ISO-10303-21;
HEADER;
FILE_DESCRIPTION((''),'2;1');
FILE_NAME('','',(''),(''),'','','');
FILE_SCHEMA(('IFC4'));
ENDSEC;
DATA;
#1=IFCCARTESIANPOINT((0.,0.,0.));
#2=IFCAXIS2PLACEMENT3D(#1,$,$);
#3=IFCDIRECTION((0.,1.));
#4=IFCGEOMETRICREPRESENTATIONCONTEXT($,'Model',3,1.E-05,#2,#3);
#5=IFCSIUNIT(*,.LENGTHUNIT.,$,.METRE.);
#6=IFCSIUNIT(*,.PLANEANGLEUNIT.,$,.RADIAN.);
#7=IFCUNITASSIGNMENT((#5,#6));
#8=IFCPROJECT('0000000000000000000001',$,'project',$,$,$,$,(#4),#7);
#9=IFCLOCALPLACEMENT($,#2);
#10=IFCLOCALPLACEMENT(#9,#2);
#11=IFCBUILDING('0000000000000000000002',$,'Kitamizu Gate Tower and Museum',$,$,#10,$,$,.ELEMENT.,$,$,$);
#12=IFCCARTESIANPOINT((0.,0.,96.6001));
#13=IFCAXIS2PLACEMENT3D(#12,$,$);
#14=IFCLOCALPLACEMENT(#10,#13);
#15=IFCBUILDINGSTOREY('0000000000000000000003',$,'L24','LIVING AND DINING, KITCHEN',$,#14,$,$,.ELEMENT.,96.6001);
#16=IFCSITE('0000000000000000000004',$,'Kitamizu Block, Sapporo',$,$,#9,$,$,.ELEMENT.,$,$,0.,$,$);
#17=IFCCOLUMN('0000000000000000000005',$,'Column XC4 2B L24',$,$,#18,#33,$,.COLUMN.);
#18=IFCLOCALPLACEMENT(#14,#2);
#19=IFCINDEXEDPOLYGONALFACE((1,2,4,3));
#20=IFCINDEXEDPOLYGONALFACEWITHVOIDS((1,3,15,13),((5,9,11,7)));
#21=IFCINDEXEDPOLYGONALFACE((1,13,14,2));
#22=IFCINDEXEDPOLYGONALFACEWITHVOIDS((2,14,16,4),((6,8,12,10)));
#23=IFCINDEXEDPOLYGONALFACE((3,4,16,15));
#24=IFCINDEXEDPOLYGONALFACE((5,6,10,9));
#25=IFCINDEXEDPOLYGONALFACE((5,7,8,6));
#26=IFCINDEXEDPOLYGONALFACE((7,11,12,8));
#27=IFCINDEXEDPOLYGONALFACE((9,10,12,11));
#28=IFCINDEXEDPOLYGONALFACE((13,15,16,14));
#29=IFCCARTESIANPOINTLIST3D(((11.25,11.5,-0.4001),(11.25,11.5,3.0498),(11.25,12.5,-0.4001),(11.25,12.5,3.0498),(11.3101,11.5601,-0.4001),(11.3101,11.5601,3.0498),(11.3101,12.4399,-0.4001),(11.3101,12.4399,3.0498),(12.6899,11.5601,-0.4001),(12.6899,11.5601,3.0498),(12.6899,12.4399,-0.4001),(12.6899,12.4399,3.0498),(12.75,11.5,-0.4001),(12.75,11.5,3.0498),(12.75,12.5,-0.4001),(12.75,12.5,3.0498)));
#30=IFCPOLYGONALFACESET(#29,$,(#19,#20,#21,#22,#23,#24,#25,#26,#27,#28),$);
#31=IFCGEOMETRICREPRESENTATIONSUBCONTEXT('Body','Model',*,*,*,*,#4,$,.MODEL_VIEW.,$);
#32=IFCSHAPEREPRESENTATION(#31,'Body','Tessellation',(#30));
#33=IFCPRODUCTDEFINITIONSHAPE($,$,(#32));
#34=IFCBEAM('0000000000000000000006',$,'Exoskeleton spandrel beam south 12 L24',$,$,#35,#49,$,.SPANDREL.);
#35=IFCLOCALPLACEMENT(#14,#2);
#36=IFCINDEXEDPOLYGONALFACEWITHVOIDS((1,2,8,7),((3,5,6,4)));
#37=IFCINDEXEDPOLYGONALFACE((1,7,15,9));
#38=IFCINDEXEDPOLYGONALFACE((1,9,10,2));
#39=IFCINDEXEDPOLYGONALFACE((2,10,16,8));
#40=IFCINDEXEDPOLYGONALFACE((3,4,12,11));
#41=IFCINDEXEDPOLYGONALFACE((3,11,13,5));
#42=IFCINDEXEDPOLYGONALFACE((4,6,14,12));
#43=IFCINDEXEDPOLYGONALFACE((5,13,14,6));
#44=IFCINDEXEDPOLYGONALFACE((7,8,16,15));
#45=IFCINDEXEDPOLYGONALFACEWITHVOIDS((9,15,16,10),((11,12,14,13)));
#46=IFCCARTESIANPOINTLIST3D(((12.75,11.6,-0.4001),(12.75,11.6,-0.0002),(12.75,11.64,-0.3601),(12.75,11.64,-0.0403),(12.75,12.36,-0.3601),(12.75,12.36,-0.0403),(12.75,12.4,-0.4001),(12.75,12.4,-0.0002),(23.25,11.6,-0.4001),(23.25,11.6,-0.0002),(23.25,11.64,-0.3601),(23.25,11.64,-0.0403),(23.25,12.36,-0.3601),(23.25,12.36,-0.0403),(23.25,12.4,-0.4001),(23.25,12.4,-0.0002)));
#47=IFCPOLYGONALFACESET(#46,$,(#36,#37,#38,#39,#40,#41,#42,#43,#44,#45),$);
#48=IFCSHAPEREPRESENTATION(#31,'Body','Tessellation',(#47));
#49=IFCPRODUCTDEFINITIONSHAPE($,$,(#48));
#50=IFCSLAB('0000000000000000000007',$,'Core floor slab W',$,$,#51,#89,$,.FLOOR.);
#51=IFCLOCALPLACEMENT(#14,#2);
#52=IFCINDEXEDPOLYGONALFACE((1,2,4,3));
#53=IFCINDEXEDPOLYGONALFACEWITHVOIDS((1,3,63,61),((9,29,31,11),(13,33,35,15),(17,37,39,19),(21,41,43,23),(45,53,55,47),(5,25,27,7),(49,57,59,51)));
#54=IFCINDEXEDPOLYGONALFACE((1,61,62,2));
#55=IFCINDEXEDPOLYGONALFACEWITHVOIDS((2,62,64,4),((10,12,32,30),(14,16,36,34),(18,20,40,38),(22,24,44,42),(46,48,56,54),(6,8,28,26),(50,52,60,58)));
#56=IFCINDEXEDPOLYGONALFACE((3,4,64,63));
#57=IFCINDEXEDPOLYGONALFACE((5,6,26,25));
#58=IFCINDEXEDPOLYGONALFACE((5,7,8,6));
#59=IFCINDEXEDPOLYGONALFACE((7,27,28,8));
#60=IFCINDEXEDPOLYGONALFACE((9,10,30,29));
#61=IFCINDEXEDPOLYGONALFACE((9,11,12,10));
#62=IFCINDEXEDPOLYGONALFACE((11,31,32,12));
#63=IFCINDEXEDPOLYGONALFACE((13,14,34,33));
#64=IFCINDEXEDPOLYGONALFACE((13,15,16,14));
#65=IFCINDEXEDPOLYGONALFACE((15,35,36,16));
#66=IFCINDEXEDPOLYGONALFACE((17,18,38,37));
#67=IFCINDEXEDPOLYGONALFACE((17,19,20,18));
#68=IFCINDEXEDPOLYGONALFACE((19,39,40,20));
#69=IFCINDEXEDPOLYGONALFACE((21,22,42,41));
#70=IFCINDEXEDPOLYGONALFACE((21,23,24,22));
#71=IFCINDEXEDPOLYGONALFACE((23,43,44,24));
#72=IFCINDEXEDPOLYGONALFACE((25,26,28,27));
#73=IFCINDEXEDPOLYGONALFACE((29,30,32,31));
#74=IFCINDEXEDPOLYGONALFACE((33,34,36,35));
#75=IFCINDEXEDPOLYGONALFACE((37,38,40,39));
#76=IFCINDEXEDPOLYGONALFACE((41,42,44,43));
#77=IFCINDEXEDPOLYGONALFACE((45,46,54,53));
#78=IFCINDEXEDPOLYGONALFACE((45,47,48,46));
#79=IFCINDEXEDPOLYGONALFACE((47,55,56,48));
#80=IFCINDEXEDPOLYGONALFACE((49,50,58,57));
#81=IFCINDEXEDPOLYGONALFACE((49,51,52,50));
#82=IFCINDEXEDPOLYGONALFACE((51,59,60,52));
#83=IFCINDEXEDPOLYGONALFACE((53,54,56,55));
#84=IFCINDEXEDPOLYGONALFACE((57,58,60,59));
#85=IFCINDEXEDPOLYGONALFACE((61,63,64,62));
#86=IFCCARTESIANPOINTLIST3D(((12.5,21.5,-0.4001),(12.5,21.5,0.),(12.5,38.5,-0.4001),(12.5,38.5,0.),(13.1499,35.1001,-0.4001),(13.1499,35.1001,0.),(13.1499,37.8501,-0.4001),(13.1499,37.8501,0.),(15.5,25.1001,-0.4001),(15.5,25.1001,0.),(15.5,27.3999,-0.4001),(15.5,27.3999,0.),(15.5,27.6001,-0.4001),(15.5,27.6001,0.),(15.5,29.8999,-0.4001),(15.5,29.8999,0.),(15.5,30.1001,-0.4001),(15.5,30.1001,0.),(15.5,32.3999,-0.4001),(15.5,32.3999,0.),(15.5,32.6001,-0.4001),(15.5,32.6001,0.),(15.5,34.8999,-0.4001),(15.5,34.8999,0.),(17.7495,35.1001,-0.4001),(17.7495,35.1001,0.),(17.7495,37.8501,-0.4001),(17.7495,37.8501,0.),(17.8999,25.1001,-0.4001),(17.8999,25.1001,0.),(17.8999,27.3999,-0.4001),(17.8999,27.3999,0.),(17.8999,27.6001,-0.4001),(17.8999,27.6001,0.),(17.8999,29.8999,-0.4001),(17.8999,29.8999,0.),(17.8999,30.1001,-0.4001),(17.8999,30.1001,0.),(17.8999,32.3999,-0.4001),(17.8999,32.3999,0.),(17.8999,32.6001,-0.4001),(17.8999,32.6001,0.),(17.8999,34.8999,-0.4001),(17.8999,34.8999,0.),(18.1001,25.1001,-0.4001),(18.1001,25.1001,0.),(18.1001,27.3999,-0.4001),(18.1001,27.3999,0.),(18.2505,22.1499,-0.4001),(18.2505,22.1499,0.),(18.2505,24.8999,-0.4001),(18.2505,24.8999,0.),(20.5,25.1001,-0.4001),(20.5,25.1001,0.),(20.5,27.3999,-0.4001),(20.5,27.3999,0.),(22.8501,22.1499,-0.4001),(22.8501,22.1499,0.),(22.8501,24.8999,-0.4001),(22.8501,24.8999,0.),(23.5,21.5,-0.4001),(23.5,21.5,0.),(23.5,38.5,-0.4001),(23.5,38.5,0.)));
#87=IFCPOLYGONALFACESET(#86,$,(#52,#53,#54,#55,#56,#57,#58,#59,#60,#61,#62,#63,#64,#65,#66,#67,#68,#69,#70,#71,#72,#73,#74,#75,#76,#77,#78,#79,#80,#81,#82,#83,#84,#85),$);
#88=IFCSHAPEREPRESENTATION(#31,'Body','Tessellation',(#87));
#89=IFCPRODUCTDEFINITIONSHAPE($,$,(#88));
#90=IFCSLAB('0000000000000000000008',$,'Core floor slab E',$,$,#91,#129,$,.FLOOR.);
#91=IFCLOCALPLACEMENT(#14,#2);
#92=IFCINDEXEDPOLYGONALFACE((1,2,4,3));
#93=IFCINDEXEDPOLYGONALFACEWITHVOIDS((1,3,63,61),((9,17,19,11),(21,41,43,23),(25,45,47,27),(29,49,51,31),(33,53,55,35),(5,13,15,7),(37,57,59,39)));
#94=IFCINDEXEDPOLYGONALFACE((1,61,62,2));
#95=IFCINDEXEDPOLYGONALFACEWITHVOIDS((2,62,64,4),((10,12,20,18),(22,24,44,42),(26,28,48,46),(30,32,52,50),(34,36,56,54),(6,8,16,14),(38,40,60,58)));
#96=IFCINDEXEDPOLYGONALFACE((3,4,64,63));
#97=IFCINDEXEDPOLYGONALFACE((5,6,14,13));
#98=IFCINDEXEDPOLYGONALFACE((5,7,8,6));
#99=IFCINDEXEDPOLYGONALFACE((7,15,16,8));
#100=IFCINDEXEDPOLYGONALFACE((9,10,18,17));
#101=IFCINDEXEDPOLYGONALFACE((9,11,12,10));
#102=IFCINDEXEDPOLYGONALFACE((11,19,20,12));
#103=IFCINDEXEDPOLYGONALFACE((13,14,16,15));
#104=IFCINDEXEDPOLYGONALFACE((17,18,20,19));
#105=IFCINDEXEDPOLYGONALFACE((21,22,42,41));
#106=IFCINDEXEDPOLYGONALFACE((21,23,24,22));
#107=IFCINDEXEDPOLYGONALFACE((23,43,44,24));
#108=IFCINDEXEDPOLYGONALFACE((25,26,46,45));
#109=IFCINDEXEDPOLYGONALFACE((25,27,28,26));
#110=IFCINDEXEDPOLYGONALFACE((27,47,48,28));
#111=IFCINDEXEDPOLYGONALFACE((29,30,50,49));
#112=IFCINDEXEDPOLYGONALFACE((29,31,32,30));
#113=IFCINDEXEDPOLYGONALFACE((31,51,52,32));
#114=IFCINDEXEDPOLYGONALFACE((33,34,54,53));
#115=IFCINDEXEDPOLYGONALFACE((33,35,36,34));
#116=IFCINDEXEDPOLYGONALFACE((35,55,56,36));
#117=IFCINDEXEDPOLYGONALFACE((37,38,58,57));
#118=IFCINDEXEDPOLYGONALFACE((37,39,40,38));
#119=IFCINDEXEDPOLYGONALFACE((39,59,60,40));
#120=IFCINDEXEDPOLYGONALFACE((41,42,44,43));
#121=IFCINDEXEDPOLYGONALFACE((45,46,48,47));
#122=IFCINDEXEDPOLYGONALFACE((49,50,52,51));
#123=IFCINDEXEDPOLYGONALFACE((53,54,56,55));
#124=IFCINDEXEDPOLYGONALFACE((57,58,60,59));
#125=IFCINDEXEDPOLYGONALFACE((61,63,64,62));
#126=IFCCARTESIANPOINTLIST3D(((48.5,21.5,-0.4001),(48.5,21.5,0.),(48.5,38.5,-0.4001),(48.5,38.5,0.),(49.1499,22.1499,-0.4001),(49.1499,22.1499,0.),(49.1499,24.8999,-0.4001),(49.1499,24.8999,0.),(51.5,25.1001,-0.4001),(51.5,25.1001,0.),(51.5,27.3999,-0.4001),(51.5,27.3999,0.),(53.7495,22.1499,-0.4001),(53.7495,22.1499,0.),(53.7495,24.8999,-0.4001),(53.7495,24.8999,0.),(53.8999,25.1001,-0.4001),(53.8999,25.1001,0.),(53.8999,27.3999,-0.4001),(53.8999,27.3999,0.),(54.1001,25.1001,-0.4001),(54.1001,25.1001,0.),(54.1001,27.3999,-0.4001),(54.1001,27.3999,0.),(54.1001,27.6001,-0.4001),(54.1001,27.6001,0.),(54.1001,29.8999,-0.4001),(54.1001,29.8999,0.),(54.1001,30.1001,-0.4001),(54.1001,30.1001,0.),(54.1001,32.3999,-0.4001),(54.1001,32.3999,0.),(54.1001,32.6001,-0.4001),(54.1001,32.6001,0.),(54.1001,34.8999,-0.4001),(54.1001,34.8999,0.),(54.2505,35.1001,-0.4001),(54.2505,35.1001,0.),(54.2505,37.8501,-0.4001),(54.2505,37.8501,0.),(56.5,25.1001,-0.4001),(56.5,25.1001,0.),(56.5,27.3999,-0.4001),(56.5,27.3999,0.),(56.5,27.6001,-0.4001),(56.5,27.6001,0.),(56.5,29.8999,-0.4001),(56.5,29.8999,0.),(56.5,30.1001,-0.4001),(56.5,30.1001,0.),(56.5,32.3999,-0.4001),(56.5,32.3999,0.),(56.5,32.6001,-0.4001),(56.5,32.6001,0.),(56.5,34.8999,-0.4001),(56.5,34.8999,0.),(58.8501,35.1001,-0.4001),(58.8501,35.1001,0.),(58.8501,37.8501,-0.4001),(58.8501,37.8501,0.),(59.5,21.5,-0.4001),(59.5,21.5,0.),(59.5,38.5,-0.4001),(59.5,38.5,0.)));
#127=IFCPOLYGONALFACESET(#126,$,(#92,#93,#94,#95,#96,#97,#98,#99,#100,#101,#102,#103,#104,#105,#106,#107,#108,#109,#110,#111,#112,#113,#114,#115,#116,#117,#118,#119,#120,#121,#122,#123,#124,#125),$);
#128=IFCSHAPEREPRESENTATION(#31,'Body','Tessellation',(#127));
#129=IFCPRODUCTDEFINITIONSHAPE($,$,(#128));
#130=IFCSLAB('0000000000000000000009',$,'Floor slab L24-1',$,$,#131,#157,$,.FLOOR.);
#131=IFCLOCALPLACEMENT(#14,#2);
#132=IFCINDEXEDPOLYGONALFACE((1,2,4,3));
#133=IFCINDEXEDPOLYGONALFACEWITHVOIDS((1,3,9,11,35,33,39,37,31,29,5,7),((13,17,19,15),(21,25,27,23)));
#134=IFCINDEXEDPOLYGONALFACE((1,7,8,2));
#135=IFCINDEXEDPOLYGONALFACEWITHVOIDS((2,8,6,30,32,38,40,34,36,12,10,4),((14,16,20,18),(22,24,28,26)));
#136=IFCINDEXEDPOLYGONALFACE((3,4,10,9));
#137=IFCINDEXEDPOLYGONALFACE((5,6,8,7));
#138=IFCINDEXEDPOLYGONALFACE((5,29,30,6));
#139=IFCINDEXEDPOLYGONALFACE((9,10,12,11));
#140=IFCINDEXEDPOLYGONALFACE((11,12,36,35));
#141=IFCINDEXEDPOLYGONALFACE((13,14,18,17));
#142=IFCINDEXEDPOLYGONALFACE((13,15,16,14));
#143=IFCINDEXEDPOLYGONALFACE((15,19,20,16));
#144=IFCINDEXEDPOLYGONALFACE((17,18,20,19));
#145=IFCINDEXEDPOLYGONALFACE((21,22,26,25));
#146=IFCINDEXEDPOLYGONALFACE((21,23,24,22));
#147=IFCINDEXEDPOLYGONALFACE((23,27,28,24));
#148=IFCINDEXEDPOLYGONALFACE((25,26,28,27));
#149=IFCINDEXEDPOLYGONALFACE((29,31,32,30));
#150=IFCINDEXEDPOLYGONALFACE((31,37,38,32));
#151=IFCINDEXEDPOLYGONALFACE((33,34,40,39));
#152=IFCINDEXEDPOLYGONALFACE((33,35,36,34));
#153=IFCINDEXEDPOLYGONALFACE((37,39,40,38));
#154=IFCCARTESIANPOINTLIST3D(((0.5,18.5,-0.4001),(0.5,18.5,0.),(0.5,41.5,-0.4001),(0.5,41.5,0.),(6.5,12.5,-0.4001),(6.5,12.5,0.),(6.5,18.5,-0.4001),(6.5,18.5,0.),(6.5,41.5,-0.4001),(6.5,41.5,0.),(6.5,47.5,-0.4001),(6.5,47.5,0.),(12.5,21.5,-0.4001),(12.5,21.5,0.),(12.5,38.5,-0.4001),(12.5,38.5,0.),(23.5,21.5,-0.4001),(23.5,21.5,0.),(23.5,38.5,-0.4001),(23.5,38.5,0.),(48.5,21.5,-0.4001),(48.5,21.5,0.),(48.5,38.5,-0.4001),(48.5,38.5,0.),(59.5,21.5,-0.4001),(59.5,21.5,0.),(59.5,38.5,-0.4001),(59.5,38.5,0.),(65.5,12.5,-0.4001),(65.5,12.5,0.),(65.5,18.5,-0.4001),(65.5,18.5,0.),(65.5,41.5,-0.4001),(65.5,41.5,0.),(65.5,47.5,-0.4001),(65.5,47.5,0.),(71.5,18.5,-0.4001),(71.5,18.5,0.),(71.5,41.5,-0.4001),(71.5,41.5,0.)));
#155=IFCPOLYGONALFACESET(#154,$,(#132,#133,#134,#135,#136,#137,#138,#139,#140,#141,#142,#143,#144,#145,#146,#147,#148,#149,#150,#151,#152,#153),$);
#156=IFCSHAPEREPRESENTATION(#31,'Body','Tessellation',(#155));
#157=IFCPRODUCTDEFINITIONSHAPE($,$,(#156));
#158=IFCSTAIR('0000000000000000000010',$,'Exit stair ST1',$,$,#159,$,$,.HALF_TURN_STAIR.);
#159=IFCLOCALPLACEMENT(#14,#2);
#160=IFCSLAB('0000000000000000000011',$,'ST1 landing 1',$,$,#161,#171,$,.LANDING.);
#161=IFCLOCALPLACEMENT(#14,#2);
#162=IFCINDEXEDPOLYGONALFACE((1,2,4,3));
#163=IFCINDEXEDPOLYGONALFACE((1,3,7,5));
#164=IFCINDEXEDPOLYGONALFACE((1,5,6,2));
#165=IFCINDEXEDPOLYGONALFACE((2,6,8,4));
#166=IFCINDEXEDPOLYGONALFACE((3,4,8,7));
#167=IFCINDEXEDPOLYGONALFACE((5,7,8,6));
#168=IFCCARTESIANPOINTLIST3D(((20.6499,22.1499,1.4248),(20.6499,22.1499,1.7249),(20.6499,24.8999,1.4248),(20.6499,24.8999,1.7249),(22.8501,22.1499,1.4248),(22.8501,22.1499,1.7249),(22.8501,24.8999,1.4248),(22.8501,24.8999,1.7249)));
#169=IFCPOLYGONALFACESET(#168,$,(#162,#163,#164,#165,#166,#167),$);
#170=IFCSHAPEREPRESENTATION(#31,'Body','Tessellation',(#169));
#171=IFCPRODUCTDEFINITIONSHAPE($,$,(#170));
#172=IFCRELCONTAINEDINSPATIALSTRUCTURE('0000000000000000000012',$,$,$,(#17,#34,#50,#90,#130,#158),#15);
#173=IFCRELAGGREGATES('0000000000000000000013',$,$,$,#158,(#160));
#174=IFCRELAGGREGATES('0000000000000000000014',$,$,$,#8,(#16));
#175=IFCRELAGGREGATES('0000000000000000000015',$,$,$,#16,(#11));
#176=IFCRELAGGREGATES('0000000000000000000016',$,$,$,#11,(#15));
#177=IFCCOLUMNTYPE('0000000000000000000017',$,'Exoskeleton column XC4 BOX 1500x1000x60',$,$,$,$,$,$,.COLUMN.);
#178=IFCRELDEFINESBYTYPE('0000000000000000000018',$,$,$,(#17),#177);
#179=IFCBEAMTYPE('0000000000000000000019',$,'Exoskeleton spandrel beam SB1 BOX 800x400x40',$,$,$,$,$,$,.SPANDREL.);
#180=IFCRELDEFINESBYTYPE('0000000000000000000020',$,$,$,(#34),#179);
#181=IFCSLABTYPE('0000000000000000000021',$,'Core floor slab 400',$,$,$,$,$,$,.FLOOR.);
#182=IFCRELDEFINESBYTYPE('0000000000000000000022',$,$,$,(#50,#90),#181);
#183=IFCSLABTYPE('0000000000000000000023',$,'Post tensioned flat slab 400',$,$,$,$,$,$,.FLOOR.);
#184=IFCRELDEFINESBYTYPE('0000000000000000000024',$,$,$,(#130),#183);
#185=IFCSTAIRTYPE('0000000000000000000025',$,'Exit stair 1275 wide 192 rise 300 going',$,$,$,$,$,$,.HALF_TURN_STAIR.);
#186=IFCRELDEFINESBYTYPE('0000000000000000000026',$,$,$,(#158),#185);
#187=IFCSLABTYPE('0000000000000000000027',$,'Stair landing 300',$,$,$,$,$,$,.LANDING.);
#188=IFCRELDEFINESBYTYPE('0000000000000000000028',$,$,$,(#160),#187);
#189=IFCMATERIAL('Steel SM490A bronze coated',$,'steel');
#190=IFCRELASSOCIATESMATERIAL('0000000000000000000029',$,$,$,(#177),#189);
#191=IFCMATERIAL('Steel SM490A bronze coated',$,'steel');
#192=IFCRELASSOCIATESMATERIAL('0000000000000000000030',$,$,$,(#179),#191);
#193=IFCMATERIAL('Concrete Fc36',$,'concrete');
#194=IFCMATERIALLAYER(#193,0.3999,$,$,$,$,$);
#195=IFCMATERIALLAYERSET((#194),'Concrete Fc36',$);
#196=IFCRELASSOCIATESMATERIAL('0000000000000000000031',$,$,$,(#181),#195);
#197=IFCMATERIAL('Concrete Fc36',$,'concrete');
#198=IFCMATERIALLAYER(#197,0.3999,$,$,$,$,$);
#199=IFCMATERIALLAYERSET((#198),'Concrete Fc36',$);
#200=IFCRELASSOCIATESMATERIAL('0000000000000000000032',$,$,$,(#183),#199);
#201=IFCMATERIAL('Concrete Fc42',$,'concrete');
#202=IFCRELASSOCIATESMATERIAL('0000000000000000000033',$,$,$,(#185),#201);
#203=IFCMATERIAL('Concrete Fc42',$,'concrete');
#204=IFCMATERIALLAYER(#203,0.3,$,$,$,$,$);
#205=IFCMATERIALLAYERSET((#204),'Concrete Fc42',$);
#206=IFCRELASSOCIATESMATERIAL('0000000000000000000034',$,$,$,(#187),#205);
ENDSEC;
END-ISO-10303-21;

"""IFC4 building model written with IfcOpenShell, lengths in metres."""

from ifc_helpers import new_model, si_unit, direction, frame, origin, origin_2d, place, context, subcontext, project, spatial, polyline, hollow_rectangle, outline, extrude, material, layer, layer_set, material_profile, profile_set, type_object, element, aggregate, save


model = new_model("IFC4")

# Units and contexts
model_context = context("Model", 3, precision=1e-05, world=origin(), true_north=direction((0.0, 1.0)))
body_context = subcontext(model_context, "Body", "Model", "MODEL_VIEW")
ifc_project = project(units=[si_unit("LENGTHUNIT", "METRE"), si_unit("PLANEANGLEUNIT", "RADIAN")], contexts=[model_context])

# Site, building, storey
site_placement = place(None, origin())
site = spatial("IfcSite", under=ifc_project, at=site_placement, Name="Kitamizu Block, Sapporo", CompositionType="ELEMENT", RefElevation=0.0)
building_placement = place(site_placement, origin())
building = spatial("IfcBuilding", under=site, at=building_placement, Name="Kitamizu Gate Tower and Museum", CompositionType="ELEMENT")
storey_placement = place(building_placement, frame((0.0, 0.0, 96.6001)))
storey = spatial("IfcBuildingStorey", under=building, at=storey_placement, Name="L24", Description="LIVING AND DINING, KITCHEN", CompositionType="ELEMENT", Elevation=96.6001)

# Column
ifc_material_1 = material(Name="Steel SM490A bronze coated", Category="steel")
ifc_material_profile_1 = material_profile(ifc_material_1, hollow_rectangle(XDim=1.5, YDim=1.0, WallThickness=0.0601, at=origin_2d()), Name="BOX 1500x1000x60")
ifc_profile_set_1 = profile_set([ifc_material_profile_1], Name="Steel SM490A bronze coated")
column_type = type_object("IfcColumnType", Name="Exoskeleton column XC4 BOX 1500x1000x60", PredefinedType="COLUMN", material=ifc_profile_set_1)
column_placement = place(storey_placement, frame((12.0, 12.0, -0.4001), z_axis=(0.0, 0.0, 1.0), x_axis=(1.0, 0.0, 0.0)))
element("IfcColumn", 1, at=column_placement, inside=storey, type_object=column_type, Name="Column XC4 2B L24", PredefinedType="COLUMN", context=body_context, shape_type="SweptSolid", body=[
    extrude(hollow_rectangle(XDim=1.5, YDim=1.0, WallThickness=0.0601, at=origin_2d()), origin(), (0.0, 0.0, 1.0), 3.45),
])

# Beam
ifc_material_2 = material(Name="Steel SM490A bronze coated", Category="steel")
ifc_material_profile_2 = material_profile(ifc_material_2, hollow_rectangle(XDim=0.8, YDim=0.3999, WallThickness=0.04, at=origin_2d()), Name="BOX 800x400x40")
ifc_profile_set_2 = profile_set([ifc_material_profile_2], Name="Steel SM490A bronze coated")
beam_type = type_object("IfcBeamType", Name="Exoskeleton spandrel beam SB1 BOX 800x400x40", PredefinedType="SPANDREL", material=ifc_profile_set_2)
beam_placement = place(storey_placement, frame((12.75, 12.0, -0.2002), z_axis=(1.0, 0.0, 0.0), x_axis=(0.0, 1.0, 0.0)))
element("IfcBeam", 2, at=beam_placement, inside=storey, type_object=beam_type, Name="Exoskeleton spandrel beam south 12 L24", PredefinedType="SPANDREL", context=body_context, shape_type="SweptSolid", body=[
    extrude(hollow_rectangle(XDim=0.8, YDim=0.3999, WallThickness=0.04, at=origin_2d()), origin(), (0.0, 0.0, 1.0), 10.5),
])

# Slabs
ifc_material_3 = material(Name="Concrete Fc36", Category="concrete")
ifc_layer_1 = layer(ifc_material_3, 0.3999)
ifc_layer_set_1 = layer_set([ifc_layer_1], Name="Concrete Fc36")
slab_type_1 = type_object("IfcSlabType", Name="Core floor slab 400", PredefinedType="FLOOR", material=ifc_layer_set_1)
slab_1_placement = place(storey_placement, frame((0.0, 0.0, -0.4001)))
element("IfcSlab", 3, at=slab_1_placement, inside=storey, type_object=slab_type_1, Name="Core floor slab W", PredefinedType="FLOOR", context=body_context, shape_type="SweptSolid", body=[
    extrude(outline(polyline([(12.5, 21.5), (23.5, 21.5), (23.5, 38.5), (12.5, 38.5), (12.5, 21.5)]), holes=[polyline([(15.5, 25.1001), (17.8999, 25.1001), (17.8999, 27.3999), (15.5, 27.3999), (15.5, 25.1001)]), polyline([(15.5, 27.6001), (17.8999, 27.6001), (17.8999, 29.8999), (15.5, 29.8999), (15.5, 27.6001)]), polyline([(15.5, 30.1001), (17.8999, 30.1001), (17.8999, 32.3999), (15.5, 32.3999), (15.5, 30.1001)]), polyline([(15.5, 32.6001), (17.8999, 32.6001), (17.8999, 34.8999), (15.5, 34.8999), (15.5, 32.6001)]), polyline([(18.1001, 25.1001), (20.5, 25.1001), (20.5, 27.3999), (18.1001, 27.3999), (18.1001, 25.1001)]), polyline([(18.2505, 22.1499), (22.8501, 22.1499), (22.8501, 24.8999), (18.2505, 24.8999), (18.2505, 22.1499)]), polyline([(13.1499, 35.1001), (17.7495, 35.1001), (17.7495, 37.8501), (13.1499, 37.8501), (13.1499, 35.1001)])]), origin(), (0.0, 0.0, 1.0), 0.4001),
])
slab_2_placement = place(storey_placement, frame((0.0, 0.0, -0.4001)))
element("IfcSlab", 4, at=slab_2_placement, inside=storey, type_object=slab_type_1, Name="Core floor slab E", PredefinedType="FLOOR", context=body_context, shape_type="SweptSolid", body=[
    extrude(outline(polyline([(48.5, 21.5), (59.5, 21.5), (59.5, 38.5), (48.5, 38.5), (48.5, 21.5)]), holes=[polyline([(54.1001, 25.1001), (56.5, 25.1001), (56.5, 27.3999), (54.1001, 27.3999), (54.1001, 25.1001)]), polyline([(54.1001, 27.6001), (56.5, 27.6001), (56.5, 29.8999), (54.1001, 29.8999), (54.1001, 27.6001)]), polyline([(54.1001, 30.1001), (56.5, 30.1001), (56.5, 32.3999), (54.1001, 32.3999), (54.1001, 30.1001)]), polyline([(54.1001, 32.6001), (56.5, 32.6001), (56.5, 34.8999), (54.1001, 34.8999), (54.1001, 32.6001)]), polyline([(51.5, 25.1001), (53.8999, 25.1001), (53.8999, 27.3999), (51.5, 27.3999), (51.5, 25.1001)]), polyline([(49.1499, 22.1499), (53.7495, 22.1499), (53.7495, 24.8999), (49.1499, 24.8999), (49.1499, 22.1499)]), polyline([(54.2505, 35.1001), (58.8501, 35.1001), (58.8501, 37.8501), (54.2505, 37.8501), (54.2505, 35.1001)])]), origin(), (0.0, 0.0, 1.0), 0.4001),
])
ifc_material_4 = material(Name="Concrete Fc36", Category="concrete")
ifc_layer_2 = layer(ifc_material_4, 0.3999)
ifc_layer_set_2 = layer_set([ifc_layer_2], Name="Concrete Fc36")
slab_type_2 = type_object("IfcSlabType", Name="Post tensioned flat slab 400", PredefinedType="FLOOR", material=ifc_layer_set_2)
slab_3_placement = place(storey_placement, frame((0.0, 0.0, -0.4001)))
element("IfcSlab", 5, at=slab_3_placement, inside=storey, type_object=slab_type_2, Name="Floor slab L24-1", PredefinedType="FLOOR", context=body_context, shape_type="SweptSolid", body=[
    extrude(outline(polyline([(0.5, 18.5), (0.5, 41.5), (6.5, 41.5), (6.5, 47.5), (65.5, 47.5), (65.5, 41.5), (71.5, 41.5), (71.5, 18.5), (65.5, 18.5), (65.5, 12.5), (6.5, 12.5), (6.5, 18.5), (0.5, 18.5)]), holes=[polyline([(59.5, 38.5), (48.5, 38.5), (48.5, 21.5), (59.5, 21.5), (59.5, 38.5)]), polyline([(12.5, 38.5), (12.5, 21.5), (23.5, 21.5), (23.5, 38.5), (12.5, 38.5)])]), origin(), (0.0, 0.0, 1.0), 0.4001),
])

# Stair, slab
ifc_material_5 = material(Name="Concrete Fc42", Category="concrete")
stair_type = type_object("IfcStairType", Name="Exit stair 1275 wide 192 rise 300 going", PredefinedType="HALF_TURN_STAIR", material=ifc_material_5)
stair_1_placement = place(storey_placement, origin())
stair_1 = element("IfcStair", 6, at=stair_1_placement, inside=storey, type_object=stair_type, Name="Exit stair ST1", PredefinedType="HALF_TURN_STAIR")
ifc_material_6 = material(Name="Concrete Fc42", Category="concrete")
ifc_layer_3 = layer(ifc_material_6, 0.3)
ifc_layer_set_3 = layer_set([ifc_layer_3], Name="Concrete Fc42")
slab_type_3 = type_object("IfcSlabType", Name="Stair landing 300", PredefinedType="LANDING", material=ifc_layer_set_3)
slab_4_placement = place(storey_placement, frame((0.0, 0.0, 1.4248)))
slab_4 = element("IfcSlab", 7, at=slab_4_placement, type_object=slab_type_3, Name="ST1 landing 1", PredefinedType="LANDING", context=body_context, shape_type="SweptSolid", body=[
    extrude(outline(polyline([(20.6499, 22.1499), (22.8501, 22.1499), (22.8501, 24.8999), (20.6499, 24.8999), (20.6499, 22.1499)])), origin(), (0.0, 0.0, 1.0), 0.3),
])
aggregate(stair_1, [slab_4])

save(model, "model.ifc")
